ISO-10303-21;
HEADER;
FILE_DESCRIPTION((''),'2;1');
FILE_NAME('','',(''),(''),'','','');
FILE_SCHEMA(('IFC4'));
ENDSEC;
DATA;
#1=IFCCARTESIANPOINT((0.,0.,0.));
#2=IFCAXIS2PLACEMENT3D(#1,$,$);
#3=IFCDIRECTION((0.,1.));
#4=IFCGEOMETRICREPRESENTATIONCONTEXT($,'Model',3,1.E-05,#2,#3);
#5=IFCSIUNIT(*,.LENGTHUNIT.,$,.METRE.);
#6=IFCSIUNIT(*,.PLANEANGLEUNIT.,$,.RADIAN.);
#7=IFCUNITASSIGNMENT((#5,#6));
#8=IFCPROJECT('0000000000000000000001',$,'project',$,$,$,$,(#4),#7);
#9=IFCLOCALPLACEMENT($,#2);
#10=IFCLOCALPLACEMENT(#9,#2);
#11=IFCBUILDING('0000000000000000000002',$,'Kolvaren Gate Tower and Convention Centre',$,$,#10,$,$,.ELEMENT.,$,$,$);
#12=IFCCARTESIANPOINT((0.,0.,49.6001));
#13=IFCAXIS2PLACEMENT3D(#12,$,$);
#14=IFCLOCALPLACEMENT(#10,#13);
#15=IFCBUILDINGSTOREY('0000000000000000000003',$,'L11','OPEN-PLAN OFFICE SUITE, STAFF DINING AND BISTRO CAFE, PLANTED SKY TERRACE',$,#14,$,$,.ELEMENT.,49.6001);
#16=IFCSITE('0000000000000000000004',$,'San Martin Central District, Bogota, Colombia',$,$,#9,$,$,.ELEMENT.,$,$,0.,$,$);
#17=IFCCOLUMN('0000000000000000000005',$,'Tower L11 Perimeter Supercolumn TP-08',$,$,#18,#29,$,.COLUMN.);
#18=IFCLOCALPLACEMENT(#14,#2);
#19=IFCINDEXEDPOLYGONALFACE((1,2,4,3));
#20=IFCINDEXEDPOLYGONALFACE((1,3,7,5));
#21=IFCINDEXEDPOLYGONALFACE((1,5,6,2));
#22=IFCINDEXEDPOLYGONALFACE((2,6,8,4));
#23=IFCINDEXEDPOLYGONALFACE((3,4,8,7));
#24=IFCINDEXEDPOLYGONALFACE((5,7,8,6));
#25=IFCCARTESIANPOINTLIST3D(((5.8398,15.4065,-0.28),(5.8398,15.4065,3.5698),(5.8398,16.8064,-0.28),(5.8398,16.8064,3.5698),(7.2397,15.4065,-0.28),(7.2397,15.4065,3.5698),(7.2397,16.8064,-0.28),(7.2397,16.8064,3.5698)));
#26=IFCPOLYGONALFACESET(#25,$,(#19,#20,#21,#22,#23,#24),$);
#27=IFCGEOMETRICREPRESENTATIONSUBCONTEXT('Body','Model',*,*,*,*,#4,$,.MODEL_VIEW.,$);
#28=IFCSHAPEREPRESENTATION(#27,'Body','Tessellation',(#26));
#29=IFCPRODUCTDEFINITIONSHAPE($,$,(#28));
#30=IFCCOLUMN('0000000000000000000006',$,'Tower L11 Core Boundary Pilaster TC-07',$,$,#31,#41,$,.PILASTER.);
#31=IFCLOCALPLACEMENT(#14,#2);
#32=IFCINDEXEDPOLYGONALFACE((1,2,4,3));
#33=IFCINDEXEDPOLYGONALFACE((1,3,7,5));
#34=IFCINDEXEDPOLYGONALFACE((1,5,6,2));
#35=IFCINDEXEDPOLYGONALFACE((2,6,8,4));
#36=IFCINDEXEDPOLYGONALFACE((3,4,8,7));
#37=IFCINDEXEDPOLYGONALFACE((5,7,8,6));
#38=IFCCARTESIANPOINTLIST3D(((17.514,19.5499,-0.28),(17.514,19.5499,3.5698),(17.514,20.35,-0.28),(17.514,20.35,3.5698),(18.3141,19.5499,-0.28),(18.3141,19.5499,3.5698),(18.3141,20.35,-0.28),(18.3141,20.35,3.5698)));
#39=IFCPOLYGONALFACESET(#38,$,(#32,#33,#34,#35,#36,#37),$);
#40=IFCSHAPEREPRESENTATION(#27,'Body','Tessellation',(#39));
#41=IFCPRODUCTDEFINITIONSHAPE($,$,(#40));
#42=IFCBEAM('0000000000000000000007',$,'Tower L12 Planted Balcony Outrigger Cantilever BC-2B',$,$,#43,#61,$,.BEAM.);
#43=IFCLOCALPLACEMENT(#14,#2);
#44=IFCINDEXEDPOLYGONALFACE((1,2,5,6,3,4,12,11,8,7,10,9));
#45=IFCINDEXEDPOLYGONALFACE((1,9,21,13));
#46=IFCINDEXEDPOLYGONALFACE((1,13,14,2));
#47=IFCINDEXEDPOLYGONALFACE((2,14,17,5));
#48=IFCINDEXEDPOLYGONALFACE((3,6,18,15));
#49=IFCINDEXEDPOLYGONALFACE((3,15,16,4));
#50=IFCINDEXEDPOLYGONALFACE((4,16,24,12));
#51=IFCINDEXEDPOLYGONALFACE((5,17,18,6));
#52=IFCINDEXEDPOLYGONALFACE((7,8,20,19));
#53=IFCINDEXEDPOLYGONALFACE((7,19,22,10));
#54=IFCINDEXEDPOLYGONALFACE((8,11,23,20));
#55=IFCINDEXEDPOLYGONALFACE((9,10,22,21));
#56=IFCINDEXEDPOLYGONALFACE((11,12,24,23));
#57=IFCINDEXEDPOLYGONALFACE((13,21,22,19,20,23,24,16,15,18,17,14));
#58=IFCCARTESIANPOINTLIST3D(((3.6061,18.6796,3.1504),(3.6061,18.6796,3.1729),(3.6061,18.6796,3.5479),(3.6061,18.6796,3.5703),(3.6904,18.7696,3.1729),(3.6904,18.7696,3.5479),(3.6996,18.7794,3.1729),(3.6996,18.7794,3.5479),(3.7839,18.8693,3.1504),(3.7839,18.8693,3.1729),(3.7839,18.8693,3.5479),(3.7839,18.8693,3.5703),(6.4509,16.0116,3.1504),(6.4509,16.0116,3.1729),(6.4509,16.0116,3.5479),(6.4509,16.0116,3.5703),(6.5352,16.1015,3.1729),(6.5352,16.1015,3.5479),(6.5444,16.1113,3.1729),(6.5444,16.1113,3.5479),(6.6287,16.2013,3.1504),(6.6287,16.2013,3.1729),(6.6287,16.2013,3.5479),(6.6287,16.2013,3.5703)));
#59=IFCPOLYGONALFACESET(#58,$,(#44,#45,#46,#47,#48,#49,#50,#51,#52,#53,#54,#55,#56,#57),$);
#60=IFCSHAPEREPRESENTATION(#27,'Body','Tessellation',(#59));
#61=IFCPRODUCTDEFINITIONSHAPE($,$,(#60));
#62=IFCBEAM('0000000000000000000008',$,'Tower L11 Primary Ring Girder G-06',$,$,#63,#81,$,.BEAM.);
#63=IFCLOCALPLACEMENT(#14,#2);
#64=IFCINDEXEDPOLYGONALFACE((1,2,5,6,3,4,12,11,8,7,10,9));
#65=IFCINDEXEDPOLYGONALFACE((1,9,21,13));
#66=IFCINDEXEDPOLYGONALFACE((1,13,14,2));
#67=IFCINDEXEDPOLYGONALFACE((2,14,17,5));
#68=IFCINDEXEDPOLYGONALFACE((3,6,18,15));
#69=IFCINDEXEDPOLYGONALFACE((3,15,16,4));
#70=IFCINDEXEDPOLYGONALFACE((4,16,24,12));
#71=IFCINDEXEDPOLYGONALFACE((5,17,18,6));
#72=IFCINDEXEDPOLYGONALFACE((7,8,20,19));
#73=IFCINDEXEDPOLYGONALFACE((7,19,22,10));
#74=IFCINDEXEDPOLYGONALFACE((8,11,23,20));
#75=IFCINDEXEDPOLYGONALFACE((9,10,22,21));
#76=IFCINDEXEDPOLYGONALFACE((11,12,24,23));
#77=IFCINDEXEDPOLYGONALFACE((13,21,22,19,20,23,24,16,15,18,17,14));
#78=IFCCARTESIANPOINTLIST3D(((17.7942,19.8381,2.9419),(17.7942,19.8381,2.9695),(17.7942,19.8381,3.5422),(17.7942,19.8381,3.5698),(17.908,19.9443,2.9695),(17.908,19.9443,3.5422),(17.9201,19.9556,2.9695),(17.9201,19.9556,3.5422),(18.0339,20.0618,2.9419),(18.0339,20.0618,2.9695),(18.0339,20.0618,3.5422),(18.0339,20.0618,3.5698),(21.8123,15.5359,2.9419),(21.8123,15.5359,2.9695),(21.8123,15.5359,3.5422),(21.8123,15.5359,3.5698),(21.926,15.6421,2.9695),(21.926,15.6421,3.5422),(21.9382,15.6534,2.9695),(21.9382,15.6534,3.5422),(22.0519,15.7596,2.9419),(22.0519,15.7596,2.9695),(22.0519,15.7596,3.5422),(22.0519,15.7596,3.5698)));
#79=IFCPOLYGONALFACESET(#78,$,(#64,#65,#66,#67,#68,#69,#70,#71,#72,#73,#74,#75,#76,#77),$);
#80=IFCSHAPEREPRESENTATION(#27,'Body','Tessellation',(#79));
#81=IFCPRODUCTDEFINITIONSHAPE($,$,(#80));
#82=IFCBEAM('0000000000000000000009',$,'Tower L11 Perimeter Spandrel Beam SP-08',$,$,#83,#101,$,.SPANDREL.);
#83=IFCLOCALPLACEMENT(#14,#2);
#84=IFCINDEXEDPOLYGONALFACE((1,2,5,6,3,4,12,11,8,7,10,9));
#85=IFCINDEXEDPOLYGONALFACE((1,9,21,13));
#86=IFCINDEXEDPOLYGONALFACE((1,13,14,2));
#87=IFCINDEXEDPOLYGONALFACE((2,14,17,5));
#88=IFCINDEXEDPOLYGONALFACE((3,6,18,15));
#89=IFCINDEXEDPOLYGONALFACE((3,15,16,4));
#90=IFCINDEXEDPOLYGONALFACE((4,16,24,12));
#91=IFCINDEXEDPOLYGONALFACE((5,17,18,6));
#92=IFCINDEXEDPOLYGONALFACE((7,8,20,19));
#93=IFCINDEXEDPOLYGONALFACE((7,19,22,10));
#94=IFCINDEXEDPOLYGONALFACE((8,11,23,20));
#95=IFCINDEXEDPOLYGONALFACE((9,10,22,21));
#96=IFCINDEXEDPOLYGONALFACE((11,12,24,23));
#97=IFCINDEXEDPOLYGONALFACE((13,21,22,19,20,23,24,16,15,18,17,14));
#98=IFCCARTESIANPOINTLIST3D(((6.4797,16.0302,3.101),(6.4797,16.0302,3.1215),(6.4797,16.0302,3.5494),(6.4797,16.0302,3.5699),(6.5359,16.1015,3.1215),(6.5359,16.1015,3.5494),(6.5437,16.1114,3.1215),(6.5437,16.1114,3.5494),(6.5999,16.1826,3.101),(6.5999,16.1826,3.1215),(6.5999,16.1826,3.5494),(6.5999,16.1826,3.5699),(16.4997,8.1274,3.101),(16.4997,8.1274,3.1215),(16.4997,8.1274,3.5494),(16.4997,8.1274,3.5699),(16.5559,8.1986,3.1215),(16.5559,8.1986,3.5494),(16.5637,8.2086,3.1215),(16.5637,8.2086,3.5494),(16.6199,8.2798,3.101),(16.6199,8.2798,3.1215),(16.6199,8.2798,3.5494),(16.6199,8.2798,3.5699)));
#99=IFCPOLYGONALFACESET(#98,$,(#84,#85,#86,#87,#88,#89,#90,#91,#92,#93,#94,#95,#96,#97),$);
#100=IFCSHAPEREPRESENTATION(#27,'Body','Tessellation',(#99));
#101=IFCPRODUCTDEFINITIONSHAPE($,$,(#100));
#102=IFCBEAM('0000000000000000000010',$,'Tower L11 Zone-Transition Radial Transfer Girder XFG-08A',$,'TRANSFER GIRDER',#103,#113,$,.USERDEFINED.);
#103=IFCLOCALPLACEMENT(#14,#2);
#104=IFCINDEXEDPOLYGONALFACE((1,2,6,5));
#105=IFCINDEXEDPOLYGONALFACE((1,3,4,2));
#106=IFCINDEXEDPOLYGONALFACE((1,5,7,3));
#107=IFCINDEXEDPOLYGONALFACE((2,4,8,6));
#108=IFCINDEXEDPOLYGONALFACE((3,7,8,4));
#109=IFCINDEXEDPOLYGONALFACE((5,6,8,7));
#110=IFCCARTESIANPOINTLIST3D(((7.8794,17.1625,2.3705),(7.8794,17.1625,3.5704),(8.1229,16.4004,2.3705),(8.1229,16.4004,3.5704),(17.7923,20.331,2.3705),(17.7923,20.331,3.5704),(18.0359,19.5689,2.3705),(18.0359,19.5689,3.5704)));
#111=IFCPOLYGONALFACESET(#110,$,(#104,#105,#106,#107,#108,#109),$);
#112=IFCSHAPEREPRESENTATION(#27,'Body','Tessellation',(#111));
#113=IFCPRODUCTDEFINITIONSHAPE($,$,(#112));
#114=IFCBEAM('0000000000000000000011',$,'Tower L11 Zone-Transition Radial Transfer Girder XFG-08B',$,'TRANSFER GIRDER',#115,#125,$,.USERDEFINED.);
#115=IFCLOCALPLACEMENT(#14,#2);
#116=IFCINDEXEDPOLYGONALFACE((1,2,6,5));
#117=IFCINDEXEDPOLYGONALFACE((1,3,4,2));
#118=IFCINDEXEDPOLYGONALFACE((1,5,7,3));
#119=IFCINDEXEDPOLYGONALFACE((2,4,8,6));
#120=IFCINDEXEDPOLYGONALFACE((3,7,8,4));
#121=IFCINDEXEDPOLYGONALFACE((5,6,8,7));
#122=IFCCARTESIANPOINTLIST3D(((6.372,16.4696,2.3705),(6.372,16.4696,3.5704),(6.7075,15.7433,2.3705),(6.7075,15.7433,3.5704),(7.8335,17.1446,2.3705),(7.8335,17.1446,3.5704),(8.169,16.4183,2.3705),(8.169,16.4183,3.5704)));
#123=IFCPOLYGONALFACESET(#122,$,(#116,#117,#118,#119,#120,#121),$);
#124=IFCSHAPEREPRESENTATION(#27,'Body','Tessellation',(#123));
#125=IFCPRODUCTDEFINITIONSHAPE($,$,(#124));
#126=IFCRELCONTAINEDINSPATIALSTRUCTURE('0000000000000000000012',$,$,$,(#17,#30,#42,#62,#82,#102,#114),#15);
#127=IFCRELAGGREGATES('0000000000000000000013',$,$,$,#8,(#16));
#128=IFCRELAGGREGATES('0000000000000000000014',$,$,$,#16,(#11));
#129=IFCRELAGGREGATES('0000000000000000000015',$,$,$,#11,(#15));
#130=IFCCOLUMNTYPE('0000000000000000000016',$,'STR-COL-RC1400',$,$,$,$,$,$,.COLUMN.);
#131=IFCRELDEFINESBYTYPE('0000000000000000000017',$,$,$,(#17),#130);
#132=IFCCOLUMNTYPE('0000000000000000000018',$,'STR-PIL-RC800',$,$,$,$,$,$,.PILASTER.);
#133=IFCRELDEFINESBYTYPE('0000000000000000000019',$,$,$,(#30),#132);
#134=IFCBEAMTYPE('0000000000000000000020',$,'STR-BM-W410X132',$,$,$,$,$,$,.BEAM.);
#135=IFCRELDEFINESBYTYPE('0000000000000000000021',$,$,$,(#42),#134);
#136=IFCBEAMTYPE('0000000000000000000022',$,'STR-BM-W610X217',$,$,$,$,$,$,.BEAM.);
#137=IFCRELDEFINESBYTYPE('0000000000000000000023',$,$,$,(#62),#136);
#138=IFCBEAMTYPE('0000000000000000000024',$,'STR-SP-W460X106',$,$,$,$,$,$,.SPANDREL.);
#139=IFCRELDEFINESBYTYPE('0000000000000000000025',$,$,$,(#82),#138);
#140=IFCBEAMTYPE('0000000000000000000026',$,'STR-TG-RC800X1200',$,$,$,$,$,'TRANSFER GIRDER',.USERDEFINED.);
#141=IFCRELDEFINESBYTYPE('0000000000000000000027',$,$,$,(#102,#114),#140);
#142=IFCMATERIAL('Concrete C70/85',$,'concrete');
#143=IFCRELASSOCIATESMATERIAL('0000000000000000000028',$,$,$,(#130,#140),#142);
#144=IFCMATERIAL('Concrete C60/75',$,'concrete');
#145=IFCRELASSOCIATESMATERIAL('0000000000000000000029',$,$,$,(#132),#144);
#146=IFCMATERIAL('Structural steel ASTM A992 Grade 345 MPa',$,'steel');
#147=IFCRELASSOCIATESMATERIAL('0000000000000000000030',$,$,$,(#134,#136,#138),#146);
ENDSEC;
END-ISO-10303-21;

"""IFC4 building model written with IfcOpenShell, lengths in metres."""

from ifc_helpers import new_model, si_unit, direction, frame, origin, origin_2d, place, context, subcontext, project, spatial, rectangle, i_section, extrude, material, material_profile, profile_set, type_object, element, save


model = new_model("IFC4")

# Units and contexts
model_context = context("Model", 3, precision=1e-05, world=origin(), true_north=direction((0.0, 1.0)))
body_context = subcontext(model_context, "Body", "Model", "MODEL_VIEW")
ifc_project = project(units=[si_unit("LENGTHUNIT", "METRE"), si_unit("PLANEANGLEUNIT", "RADIAN")], contexts=[model_context])

# Site, building, storey
site_placement = place(None, origin())
site = spatial("IfcSite", under=ifc_project, at=site_placement, Name="San Martin Central District, Bogota, Colombia", CompositionType="ELEMENT", RefElevation=0.0)
building_placement = place(site_placement, origin())
building = spatial("IfcBuilding", under=site, at=building_placement, Name="Kolvaren Gate Tower and Convention Centre", CompositionType="ELEMENT")
storey_placement = place(building_placement, frame((0.0, 0.0, 49.6001)))
storey = spatial("IfcBuildingStorey", under=building, at=storey_placement, Name="L11", Description="OPEN-PLAN OFFICE SUITE, STAFF DINING AND BISTRO CAFE, PLANTED SKY TERRACE", CompositionType="ELEMENT", Elevation=49.6001)

# Columns
ifc_material_1 = material(Name="Concrete C70/85", Category="concrete")
ifc_material_profile_1 = material_profile(ifc_material_1, rectangle(XDim=1.3999, YDim=1.3999, at=origin_2d()), Name="RC-COL-1400X1400")
ifc_profile_set_1 = profile_set([ifc_material_profile_1], Name="Concrete C70/85")
column_type_1 = type_object("IfcColumnType", Name="STR-COL-RC1400", PredefinedType="COLUMN", material=ifc_profile_set_1)
column_1_placement = place(storey_placement, frame((6.5398, 16.1064, -0.28), z_axis=(0.0, 0.0, 1.0), x_axis=(1.0, 0.0, 0.0)))
element("IfcColumn", 1, at=column_1_placement, inside=storey, type_object=column_type_1, Name="Tower L11 Perimeter Supercolumn TP-08", PredefinedType="COLUMN", context=body_context, shape_type="SweptSolid", body=[
    extrude(rectangle(XDim=1.3999, YDim=1.3999, at=origin_2d()), origin(), (0.0, 0.0, 1.0), 3.8499),
])
ifc_material_2 = material(Name="Concrete C60/75", Category="concrete")
ifc_material_profile_2 = material_profile(ifc_material_2, rectangle(XDim=0.8, YDim=0.8, at=origin_2d()), Name="RC-COL-800X800")
ifc_profile_set_2 = profile_set([ifc_material_profile_2], Name="Concrete C60/75")
column_type_2 = type_object("IfcColumnType", Name="STR-PIL-RC800", PredefinedType="PILASTER", material=ifc_profile_set_2)
column_2_placement = place(storey_placement, frame((17.9141, 19.95, -0.28), z_axis=(0.0, 0.0, 1.0), x_axis=(1.0, 0.0, 0.0)))
element("IfcColumn", 2, at=column_2_placement, inside=storey, type_object=column_type_2, Name="Tower L11 Core Boundary Pilaster TC-07", PredefinedType="PILASTER", context=body_context, shape_type="SweptSolid", body=[
    extrude(rectangle(XDim=0.8, YDim=0.8, at=origin_2d()), origin(), (0.0, 0.0, 1.0), 3.8499),
])

# Beams
ifc_material_3 = material(Name="Structural steel ASTM A992 Grade 345 MPa", Category="steel")
ifc_material_profile_3 = material_profile(ifc_material_3, i_section(OverallWidth=0.26, OverallDepth=0.4199, WebThickness=0.0134, FlangeThickness=0.0225, at=origin_2d()), Name="W410X132")
ifc_profile_set_3 = profile_set([ifc_material_profile_3], Name="Structural steel ASTM A992 Grade 345 MPa")
beam_type_1 = type_object("IfcBeamType", Name="STR-BM-W410X132", PredefinedType="BEAM", material=ifc_profile_set_3)
beam_1_placement = place(storey_placement, frame((6.5398, 16.1064, 3.3604), z_axis=(-0.729404, 0.684083, 0.0), x_axis=(-0.684083, -0.729404, 0.0)))
element("IfcBeam", 3, at=beam_1_placement, inside=storey, type_object=beam_type_1, Name="Tower L12 Planted Balcony Outrigger Cantilever BC-2B", PredefinedType="BEAM", context=body_context, shape_type="SweptSolid", body=[
    extrude(i_section(OverallWidth=0.26, OverallDepth=0.4199, WebThickness=0.0134, FlangeThickness=0.0225, at=origin_2d()), origin(), (0.0, 0.0, 1.0), 3.9001),
])
ifc_material_profile_4 = material_profile(ifc_material_3, i_section(OverallWidth=0.3279, OverallDepth=0.6279, WebThickness=0.0166, FlangeThickness=0.0276, at=origin_2d()), Name="W610X217")
ifc_profile_set_4 = profile_set([ifc_material_profile_4], Name="Structural steel ASTM A992 Grade 345 MPa")
beam_type_2 = type_object("IfcBeamType", Name="STR-BM-W610X217", PredefinedType="BEAM", material=ifc_profile_set_4)
beam_2_placement = place(storey_placement, frame((17.9141, 19.95, 3.2559), z_axis=(0.682558, -0.730832, 0.0), x_axis=(0.730832, 0.682558, 0.0)))
element("IfcBeam", 4, at=beam_2_placement, inside=storey, type_object=beam_type_2, Name="Tower L11 Primary Ring Girder G-06", PredefinedType="BEAM", context=body_context, shape_type="SweptSolid", body=[
    extrude(i_section(OverallWidth=0.3279, OverallDepth=0.6279, WebThickness=0.0166, FlangeThickness=0.0276, at=origin_2d()), origin(), (0.0, 0.0, 1.0), 5.8867),
])
ifc_material_profile_5 = material_profile(ifc_material_3, i_section(OverallWidth=0.1941, OverallDepth=0.469, WebThickness=0.0127, FlangeThickness=0.0205, at=origin_2d()), Name="W460X106")
ifc_profile_set_5 = profile_set([ifc_material_profile_5], Name="Structural steel ASTM A992 Grade 345 MPa")
beam_type_3 = type_object("IfcBeamType", Name="STR-SP-W460X106", PredefinedType="SPANDREL", material=ifc_profile_set_5)
beam_3_placement = place(storey_placement, frame((6.5398, 16.1064, 3.3354), z_axis=(0.785176, -0.619272, 0.0), x_axis=(0.619272, 0.785176, 0.0)))
element("IfcBeam", 5, at=beam_3_placement, inside=storey, type_object=beam_type_3, Name="Tower L11 Perimeter Spandrel Beam SP-08", PredefinedType="SPANDREL", context=body_context, shape_type="SweptSolid", body=[
    extrude(i_section(OverallWidth=0.1941, OverallDepth=0.469, WebThickness=0.0127, FlangeThickness=0.0205, at=origin_2d()), origin(), (0.0, 0.0, 1.0), 12.7615),
])
ifc_material_profile_6 = material_profile(ifc_material_1, rectangle(XDim=0.8, YDim=1.2, at=origin_2d()), Name="RC-BM-800X1200")
ifc_profile_set_6 = profile_set([ifc_material_profile_6], Name="Concrete C70/85")
beam_type_4 = type_object("IfcBeamType", Name="STR-TG-RC800X1200", ElementType="TRANSFER GIRDER", PredefinedType="USERDEFINED", material=ifc_profile_set_6)
beam_4_placement = place(storey_placement, frame((17.9141, 19.95, 2.9705), z_axis=(-0.952526, -0.304457, 0.0), x_axis=(0.304457, -0.952526, 0.0)))
element("IfcBeam", 6, at=beam_4_placement, inside=storey, type_object=beam_type_4, Name="Tower L11 Zone-Transition Radial Transfer Girder XFG-08A", ObjectType="TRANSFER GIRDER", PredefinedType="USERDEFINED", context=body_context, shape_type="SweptSolid", body=[
    extrude(rectangle(XDim=0.8, YDim=1.2, at=origin_2d()), origin(), (0.0, 0.0, 1.0), 10.407),
])
beam_5_placement = place(storey_placement, frame((8.0012, 16.7815, 2.9705), z_axis=(-0.907831, -0.419337, 0.0), x_axis=(0.419337, -0.907831, 0.0)))
element("IfcBeam", 7, at=beam_5_placement, inside=storey, type_object=beam_type_4, Name="Tower L11 Zone-Transition Radial Transfer Girder XFG-08B", ObjectType="TRANSFER GIRDER", PredefinedType="USERDEFINED", context=body_context, shape_type="SweptSolid", body=[
    extrude(rectangle(XDim=0.8, YDim=1.2, at=origin_2d()), origin(), (0.0, 0.0, 1.0), 1.6099),
])

save(model, "model.ifc")
